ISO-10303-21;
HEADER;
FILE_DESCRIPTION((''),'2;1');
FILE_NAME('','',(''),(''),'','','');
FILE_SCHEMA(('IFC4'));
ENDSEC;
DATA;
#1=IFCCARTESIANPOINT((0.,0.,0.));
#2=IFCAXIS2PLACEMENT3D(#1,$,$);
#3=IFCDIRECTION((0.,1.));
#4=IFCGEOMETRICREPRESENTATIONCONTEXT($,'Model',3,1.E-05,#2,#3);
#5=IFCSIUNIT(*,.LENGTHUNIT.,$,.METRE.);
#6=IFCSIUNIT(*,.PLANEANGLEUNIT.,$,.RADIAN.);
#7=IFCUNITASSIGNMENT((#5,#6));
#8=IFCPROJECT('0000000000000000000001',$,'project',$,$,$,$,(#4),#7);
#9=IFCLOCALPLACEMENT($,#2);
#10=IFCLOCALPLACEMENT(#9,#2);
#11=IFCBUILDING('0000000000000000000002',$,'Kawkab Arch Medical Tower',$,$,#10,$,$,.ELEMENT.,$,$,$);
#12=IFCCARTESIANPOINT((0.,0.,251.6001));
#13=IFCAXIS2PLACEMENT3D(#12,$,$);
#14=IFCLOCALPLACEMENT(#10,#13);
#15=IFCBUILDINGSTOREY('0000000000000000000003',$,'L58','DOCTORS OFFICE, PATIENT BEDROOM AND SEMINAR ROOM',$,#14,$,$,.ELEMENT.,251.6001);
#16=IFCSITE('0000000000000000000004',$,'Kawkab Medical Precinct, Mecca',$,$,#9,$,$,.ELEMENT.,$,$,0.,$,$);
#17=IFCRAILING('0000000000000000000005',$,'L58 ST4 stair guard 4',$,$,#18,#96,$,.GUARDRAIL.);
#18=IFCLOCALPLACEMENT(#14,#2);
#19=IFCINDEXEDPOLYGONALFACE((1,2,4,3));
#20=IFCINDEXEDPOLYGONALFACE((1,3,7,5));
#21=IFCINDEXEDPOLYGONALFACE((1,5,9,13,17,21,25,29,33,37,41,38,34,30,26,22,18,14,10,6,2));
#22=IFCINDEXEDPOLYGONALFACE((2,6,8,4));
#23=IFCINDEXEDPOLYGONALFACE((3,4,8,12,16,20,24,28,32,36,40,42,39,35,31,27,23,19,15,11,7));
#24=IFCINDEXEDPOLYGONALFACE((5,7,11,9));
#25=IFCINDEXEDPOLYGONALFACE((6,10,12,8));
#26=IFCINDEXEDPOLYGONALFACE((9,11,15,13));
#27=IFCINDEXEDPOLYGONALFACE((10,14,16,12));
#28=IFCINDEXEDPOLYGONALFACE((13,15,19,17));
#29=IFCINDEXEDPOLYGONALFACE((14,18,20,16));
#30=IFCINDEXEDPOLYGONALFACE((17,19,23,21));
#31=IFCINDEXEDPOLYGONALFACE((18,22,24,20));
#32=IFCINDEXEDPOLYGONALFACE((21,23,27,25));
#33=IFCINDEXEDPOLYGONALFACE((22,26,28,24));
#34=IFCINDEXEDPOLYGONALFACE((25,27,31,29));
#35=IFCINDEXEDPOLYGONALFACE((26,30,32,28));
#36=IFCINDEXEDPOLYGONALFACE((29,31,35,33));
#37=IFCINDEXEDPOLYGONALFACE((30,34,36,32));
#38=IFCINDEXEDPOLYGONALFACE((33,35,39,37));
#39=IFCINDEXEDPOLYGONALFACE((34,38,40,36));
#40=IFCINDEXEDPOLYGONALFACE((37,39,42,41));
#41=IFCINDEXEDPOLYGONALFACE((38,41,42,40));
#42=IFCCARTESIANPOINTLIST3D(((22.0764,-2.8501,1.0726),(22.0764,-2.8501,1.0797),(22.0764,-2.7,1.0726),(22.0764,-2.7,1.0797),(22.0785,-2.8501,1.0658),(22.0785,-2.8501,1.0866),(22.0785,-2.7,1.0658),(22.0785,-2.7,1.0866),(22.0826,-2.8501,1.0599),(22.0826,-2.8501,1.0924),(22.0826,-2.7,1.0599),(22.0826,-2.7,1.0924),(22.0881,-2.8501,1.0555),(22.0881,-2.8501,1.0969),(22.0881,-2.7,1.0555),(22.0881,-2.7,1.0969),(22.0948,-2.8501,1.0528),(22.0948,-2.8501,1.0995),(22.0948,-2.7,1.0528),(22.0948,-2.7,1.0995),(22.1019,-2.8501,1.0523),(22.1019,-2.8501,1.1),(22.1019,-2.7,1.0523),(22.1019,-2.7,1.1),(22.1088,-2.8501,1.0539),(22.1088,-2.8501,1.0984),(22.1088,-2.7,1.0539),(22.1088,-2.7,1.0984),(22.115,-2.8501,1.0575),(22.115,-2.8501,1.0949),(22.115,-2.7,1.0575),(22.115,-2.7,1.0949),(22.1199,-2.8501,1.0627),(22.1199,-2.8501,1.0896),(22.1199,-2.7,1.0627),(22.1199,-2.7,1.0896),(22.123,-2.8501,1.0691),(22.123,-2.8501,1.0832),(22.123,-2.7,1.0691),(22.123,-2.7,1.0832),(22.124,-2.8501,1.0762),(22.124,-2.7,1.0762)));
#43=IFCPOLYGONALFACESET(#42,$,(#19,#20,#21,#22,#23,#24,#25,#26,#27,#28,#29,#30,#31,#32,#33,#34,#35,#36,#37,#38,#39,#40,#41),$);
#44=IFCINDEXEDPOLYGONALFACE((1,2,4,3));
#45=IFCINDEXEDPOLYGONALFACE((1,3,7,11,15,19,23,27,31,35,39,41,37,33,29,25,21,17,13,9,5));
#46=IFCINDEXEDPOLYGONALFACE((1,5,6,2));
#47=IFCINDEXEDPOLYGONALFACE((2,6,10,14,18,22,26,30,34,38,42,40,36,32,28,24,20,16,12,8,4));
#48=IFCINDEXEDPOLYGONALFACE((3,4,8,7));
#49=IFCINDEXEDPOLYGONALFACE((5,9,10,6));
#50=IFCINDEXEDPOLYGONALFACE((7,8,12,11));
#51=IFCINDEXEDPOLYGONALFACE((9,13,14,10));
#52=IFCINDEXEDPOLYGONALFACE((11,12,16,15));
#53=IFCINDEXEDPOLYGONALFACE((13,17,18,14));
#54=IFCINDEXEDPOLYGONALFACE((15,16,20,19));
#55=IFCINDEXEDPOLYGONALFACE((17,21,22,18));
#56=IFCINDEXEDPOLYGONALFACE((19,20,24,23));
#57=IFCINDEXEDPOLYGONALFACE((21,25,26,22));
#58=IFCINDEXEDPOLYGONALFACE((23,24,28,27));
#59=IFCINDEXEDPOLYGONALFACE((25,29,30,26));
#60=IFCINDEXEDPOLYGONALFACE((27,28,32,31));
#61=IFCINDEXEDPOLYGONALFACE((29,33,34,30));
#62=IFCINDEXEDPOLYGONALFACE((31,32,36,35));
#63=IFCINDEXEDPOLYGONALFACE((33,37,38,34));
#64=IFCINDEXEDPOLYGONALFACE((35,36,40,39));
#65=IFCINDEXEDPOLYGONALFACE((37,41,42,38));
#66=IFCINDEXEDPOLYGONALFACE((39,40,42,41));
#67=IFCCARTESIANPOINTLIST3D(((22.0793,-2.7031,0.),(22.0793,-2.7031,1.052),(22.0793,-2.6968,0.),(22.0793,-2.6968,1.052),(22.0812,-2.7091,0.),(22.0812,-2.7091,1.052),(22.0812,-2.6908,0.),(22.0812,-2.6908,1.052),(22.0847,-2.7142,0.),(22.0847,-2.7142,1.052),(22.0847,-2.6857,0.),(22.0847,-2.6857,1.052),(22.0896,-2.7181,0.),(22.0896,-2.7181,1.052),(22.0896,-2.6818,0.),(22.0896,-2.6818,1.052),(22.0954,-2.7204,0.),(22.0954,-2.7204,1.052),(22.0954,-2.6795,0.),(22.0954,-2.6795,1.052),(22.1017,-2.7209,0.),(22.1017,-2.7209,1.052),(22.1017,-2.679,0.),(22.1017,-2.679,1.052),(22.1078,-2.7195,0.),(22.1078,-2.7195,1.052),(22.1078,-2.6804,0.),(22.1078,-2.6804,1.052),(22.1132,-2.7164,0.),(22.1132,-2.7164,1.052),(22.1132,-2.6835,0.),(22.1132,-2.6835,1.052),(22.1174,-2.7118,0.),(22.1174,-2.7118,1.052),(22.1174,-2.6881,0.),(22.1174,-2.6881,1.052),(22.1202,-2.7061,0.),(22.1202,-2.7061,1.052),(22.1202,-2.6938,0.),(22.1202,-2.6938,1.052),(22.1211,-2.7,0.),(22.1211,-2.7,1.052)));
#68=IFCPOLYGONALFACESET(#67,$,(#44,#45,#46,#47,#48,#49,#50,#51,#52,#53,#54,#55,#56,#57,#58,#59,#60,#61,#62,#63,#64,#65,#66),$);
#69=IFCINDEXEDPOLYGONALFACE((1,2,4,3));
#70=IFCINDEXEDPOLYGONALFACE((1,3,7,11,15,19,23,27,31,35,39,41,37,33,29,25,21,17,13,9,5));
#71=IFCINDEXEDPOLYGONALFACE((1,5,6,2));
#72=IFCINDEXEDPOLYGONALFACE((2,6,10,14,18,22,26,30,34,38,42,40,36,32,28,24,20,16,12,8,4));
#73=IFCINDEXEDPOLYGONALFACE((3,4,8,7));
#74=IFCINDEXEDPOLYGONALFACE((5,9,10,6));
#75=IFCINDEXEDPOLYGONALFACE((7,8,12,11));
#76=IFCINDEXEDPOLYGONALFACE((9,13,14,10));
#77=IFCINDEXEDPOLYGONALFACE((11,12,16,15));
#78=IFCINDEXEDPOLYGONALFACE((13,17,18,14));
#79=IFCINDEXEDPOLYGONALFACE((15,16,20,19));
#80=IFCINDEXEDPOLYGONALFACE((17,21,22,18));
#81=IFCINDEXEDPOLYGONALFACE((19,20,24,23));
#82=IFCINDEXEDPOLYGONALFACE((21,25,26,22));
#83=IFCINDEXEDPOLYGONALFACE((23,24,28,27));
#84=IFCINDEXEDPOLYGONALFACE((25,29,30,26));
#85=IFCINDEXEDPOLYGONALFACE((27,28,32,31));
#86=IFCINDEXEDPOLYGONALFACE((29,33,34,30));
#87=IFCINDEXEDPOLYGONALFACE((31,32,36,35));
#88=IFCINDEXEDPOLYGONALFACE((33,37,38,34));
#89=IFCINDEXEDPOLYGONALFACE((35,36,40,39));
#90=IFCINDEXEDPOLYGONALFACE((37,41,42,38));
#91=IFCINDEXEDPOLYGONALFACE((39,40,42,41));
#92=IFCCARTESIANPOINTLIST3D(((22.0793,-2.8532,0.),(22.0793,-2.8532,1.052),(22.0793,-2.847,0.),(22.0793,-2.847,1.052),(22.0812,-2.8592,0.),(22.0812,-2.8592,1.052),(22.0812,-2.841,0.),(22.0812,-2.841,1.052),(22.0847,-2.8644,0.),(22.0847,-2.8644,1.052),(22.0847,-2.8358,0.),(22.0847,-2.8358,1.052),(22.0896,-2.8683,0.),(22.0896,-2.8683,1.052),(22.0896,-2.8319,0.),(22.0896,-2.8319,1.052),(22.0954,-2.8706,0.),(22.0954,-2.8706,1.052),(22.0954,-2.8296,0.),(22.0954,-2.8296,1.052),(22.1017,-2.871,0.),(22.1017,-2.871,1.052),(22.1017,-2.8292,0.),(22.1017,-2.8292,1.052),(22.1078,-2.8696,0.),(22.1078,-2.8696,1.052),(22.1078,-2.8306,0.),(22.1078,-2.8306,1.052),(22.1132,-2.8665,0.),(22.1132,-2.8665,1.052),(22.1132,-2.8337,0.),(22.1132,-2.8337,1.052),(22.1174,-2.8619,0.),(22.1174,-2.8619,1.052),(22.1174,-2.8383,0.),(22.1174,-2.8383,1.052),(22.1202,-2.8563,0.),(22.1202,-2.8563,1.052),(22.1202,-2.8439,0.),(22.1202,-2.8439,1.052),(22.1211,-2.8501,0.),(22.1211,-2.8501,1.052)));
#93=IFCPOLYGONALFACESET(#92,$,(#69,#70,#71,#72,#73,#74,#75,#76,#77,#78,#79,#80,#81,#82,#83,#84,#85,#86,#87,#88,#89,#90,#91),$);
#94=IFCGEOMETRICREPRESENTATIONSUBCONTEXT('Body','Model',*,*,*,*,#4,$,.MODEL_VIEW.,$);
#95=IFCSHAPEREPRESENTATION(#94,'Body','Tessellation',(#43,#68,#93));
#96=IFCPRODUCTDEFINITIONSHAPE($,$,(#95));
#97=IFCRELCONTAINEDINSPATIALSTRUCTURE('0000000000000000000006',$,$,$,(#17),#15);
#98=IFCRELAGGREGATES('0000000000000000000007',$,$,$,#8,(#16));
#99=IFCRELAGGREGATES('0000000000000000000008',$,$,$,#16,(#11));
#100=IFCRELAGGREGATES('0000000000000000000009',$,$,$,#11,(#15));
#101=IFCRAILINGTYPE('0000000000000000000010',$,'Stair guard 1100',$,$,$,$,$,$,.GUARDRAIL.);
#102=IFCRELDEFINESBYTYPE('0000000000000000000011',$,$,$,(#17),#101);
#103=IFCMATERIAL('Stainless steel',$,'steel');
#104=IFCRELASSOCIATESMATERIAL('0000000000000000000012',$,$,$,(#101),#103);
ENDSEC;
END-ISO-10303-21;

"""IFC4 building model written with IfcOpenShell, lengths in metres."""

from ifc_helpers import new_model, si_unit, direction, frame, origin, origin_2d, place, context, subcontext, project, spatial, circle, extrude, material, type_object, element, save


model = new_model("IFC4")

# Units and contexts
model_context = context("Model", 3, precision=1e-05, world=origin(), true_north=direction((0.0, 1.0)))
body_context = subcontext(model_context, "Body", "Model", "MODEL_VIEW")
ifc_project = project(units=[si_unit("LENGTHUNIT", "METRE"), si_unit("PLANEANGLEUNIT", "RADIAN")], contexts=[model_context])

# Site, building, storey
site_placement = place(None, origin())
site = spatial("IfcSite", under=ifc_project, at=site_placement, Name="Kawkab Medical Precinct, Mecca", CompositionType="ELEMENT", RefElevation=0.0)
building_placement = place(site_placement, origin())
building = spatial("IfcBuilding", under=site, at=building_placement, Name="Kawkab Arch Medical Tower", CompositionType="ELEMENT")
storey_placement = place(building_placement, frame((0.0, 0.0, 251.6001)))
storey = spatial("IfcBuildingStorey", under=building, at=storey_placement, Name="L58", Description="DOCTORS OFFICE, PATIENT BEDROOM AND SEMINAR ROOM", CompositionType="ELEMENT", Elevation=251.6001)

# Railing
ifc_material_1 = material(Name="Stainless steel", Category="steel")
railing_type = type_object("IfcRailingType", Name="Stair guard 1100", PredefinedType="GUARDRAIL", material=ifc_material_1)
railing_1_placement = place(storey_placement, frame((22.1001, -2.7, 0.0)))
element("IfcRailing", 1, at=railing_1_placement, inside=storey, type_object=railing_type, Name="L58 ST4 stair guard 4", PredefinedType="GUARDRAIL", context=body_context, shape_type="SweptSolid", body=[
    extrude(circle(Radius=0.0239, at=origin_2d()), frame((0.0, 0.0, 1.0762), z_axis=(0.0, -1.0, 0.0), x_axis=(1.0, 0.0, 0.0)), (0.0, 0.0, 1.0), 0.1501),
    extrude(circle(Radius=0.021, at=origin_2d()), origin(), (0.0, 0.0, 1.0), 1.052),
    extrude(circle(Radius=0.021, at=origin_2d()), frame((0.0, -0.1501, 0.0)), (0.0, 0.0, 1.0), 1.052),
])

save(model, "model.ifc")
